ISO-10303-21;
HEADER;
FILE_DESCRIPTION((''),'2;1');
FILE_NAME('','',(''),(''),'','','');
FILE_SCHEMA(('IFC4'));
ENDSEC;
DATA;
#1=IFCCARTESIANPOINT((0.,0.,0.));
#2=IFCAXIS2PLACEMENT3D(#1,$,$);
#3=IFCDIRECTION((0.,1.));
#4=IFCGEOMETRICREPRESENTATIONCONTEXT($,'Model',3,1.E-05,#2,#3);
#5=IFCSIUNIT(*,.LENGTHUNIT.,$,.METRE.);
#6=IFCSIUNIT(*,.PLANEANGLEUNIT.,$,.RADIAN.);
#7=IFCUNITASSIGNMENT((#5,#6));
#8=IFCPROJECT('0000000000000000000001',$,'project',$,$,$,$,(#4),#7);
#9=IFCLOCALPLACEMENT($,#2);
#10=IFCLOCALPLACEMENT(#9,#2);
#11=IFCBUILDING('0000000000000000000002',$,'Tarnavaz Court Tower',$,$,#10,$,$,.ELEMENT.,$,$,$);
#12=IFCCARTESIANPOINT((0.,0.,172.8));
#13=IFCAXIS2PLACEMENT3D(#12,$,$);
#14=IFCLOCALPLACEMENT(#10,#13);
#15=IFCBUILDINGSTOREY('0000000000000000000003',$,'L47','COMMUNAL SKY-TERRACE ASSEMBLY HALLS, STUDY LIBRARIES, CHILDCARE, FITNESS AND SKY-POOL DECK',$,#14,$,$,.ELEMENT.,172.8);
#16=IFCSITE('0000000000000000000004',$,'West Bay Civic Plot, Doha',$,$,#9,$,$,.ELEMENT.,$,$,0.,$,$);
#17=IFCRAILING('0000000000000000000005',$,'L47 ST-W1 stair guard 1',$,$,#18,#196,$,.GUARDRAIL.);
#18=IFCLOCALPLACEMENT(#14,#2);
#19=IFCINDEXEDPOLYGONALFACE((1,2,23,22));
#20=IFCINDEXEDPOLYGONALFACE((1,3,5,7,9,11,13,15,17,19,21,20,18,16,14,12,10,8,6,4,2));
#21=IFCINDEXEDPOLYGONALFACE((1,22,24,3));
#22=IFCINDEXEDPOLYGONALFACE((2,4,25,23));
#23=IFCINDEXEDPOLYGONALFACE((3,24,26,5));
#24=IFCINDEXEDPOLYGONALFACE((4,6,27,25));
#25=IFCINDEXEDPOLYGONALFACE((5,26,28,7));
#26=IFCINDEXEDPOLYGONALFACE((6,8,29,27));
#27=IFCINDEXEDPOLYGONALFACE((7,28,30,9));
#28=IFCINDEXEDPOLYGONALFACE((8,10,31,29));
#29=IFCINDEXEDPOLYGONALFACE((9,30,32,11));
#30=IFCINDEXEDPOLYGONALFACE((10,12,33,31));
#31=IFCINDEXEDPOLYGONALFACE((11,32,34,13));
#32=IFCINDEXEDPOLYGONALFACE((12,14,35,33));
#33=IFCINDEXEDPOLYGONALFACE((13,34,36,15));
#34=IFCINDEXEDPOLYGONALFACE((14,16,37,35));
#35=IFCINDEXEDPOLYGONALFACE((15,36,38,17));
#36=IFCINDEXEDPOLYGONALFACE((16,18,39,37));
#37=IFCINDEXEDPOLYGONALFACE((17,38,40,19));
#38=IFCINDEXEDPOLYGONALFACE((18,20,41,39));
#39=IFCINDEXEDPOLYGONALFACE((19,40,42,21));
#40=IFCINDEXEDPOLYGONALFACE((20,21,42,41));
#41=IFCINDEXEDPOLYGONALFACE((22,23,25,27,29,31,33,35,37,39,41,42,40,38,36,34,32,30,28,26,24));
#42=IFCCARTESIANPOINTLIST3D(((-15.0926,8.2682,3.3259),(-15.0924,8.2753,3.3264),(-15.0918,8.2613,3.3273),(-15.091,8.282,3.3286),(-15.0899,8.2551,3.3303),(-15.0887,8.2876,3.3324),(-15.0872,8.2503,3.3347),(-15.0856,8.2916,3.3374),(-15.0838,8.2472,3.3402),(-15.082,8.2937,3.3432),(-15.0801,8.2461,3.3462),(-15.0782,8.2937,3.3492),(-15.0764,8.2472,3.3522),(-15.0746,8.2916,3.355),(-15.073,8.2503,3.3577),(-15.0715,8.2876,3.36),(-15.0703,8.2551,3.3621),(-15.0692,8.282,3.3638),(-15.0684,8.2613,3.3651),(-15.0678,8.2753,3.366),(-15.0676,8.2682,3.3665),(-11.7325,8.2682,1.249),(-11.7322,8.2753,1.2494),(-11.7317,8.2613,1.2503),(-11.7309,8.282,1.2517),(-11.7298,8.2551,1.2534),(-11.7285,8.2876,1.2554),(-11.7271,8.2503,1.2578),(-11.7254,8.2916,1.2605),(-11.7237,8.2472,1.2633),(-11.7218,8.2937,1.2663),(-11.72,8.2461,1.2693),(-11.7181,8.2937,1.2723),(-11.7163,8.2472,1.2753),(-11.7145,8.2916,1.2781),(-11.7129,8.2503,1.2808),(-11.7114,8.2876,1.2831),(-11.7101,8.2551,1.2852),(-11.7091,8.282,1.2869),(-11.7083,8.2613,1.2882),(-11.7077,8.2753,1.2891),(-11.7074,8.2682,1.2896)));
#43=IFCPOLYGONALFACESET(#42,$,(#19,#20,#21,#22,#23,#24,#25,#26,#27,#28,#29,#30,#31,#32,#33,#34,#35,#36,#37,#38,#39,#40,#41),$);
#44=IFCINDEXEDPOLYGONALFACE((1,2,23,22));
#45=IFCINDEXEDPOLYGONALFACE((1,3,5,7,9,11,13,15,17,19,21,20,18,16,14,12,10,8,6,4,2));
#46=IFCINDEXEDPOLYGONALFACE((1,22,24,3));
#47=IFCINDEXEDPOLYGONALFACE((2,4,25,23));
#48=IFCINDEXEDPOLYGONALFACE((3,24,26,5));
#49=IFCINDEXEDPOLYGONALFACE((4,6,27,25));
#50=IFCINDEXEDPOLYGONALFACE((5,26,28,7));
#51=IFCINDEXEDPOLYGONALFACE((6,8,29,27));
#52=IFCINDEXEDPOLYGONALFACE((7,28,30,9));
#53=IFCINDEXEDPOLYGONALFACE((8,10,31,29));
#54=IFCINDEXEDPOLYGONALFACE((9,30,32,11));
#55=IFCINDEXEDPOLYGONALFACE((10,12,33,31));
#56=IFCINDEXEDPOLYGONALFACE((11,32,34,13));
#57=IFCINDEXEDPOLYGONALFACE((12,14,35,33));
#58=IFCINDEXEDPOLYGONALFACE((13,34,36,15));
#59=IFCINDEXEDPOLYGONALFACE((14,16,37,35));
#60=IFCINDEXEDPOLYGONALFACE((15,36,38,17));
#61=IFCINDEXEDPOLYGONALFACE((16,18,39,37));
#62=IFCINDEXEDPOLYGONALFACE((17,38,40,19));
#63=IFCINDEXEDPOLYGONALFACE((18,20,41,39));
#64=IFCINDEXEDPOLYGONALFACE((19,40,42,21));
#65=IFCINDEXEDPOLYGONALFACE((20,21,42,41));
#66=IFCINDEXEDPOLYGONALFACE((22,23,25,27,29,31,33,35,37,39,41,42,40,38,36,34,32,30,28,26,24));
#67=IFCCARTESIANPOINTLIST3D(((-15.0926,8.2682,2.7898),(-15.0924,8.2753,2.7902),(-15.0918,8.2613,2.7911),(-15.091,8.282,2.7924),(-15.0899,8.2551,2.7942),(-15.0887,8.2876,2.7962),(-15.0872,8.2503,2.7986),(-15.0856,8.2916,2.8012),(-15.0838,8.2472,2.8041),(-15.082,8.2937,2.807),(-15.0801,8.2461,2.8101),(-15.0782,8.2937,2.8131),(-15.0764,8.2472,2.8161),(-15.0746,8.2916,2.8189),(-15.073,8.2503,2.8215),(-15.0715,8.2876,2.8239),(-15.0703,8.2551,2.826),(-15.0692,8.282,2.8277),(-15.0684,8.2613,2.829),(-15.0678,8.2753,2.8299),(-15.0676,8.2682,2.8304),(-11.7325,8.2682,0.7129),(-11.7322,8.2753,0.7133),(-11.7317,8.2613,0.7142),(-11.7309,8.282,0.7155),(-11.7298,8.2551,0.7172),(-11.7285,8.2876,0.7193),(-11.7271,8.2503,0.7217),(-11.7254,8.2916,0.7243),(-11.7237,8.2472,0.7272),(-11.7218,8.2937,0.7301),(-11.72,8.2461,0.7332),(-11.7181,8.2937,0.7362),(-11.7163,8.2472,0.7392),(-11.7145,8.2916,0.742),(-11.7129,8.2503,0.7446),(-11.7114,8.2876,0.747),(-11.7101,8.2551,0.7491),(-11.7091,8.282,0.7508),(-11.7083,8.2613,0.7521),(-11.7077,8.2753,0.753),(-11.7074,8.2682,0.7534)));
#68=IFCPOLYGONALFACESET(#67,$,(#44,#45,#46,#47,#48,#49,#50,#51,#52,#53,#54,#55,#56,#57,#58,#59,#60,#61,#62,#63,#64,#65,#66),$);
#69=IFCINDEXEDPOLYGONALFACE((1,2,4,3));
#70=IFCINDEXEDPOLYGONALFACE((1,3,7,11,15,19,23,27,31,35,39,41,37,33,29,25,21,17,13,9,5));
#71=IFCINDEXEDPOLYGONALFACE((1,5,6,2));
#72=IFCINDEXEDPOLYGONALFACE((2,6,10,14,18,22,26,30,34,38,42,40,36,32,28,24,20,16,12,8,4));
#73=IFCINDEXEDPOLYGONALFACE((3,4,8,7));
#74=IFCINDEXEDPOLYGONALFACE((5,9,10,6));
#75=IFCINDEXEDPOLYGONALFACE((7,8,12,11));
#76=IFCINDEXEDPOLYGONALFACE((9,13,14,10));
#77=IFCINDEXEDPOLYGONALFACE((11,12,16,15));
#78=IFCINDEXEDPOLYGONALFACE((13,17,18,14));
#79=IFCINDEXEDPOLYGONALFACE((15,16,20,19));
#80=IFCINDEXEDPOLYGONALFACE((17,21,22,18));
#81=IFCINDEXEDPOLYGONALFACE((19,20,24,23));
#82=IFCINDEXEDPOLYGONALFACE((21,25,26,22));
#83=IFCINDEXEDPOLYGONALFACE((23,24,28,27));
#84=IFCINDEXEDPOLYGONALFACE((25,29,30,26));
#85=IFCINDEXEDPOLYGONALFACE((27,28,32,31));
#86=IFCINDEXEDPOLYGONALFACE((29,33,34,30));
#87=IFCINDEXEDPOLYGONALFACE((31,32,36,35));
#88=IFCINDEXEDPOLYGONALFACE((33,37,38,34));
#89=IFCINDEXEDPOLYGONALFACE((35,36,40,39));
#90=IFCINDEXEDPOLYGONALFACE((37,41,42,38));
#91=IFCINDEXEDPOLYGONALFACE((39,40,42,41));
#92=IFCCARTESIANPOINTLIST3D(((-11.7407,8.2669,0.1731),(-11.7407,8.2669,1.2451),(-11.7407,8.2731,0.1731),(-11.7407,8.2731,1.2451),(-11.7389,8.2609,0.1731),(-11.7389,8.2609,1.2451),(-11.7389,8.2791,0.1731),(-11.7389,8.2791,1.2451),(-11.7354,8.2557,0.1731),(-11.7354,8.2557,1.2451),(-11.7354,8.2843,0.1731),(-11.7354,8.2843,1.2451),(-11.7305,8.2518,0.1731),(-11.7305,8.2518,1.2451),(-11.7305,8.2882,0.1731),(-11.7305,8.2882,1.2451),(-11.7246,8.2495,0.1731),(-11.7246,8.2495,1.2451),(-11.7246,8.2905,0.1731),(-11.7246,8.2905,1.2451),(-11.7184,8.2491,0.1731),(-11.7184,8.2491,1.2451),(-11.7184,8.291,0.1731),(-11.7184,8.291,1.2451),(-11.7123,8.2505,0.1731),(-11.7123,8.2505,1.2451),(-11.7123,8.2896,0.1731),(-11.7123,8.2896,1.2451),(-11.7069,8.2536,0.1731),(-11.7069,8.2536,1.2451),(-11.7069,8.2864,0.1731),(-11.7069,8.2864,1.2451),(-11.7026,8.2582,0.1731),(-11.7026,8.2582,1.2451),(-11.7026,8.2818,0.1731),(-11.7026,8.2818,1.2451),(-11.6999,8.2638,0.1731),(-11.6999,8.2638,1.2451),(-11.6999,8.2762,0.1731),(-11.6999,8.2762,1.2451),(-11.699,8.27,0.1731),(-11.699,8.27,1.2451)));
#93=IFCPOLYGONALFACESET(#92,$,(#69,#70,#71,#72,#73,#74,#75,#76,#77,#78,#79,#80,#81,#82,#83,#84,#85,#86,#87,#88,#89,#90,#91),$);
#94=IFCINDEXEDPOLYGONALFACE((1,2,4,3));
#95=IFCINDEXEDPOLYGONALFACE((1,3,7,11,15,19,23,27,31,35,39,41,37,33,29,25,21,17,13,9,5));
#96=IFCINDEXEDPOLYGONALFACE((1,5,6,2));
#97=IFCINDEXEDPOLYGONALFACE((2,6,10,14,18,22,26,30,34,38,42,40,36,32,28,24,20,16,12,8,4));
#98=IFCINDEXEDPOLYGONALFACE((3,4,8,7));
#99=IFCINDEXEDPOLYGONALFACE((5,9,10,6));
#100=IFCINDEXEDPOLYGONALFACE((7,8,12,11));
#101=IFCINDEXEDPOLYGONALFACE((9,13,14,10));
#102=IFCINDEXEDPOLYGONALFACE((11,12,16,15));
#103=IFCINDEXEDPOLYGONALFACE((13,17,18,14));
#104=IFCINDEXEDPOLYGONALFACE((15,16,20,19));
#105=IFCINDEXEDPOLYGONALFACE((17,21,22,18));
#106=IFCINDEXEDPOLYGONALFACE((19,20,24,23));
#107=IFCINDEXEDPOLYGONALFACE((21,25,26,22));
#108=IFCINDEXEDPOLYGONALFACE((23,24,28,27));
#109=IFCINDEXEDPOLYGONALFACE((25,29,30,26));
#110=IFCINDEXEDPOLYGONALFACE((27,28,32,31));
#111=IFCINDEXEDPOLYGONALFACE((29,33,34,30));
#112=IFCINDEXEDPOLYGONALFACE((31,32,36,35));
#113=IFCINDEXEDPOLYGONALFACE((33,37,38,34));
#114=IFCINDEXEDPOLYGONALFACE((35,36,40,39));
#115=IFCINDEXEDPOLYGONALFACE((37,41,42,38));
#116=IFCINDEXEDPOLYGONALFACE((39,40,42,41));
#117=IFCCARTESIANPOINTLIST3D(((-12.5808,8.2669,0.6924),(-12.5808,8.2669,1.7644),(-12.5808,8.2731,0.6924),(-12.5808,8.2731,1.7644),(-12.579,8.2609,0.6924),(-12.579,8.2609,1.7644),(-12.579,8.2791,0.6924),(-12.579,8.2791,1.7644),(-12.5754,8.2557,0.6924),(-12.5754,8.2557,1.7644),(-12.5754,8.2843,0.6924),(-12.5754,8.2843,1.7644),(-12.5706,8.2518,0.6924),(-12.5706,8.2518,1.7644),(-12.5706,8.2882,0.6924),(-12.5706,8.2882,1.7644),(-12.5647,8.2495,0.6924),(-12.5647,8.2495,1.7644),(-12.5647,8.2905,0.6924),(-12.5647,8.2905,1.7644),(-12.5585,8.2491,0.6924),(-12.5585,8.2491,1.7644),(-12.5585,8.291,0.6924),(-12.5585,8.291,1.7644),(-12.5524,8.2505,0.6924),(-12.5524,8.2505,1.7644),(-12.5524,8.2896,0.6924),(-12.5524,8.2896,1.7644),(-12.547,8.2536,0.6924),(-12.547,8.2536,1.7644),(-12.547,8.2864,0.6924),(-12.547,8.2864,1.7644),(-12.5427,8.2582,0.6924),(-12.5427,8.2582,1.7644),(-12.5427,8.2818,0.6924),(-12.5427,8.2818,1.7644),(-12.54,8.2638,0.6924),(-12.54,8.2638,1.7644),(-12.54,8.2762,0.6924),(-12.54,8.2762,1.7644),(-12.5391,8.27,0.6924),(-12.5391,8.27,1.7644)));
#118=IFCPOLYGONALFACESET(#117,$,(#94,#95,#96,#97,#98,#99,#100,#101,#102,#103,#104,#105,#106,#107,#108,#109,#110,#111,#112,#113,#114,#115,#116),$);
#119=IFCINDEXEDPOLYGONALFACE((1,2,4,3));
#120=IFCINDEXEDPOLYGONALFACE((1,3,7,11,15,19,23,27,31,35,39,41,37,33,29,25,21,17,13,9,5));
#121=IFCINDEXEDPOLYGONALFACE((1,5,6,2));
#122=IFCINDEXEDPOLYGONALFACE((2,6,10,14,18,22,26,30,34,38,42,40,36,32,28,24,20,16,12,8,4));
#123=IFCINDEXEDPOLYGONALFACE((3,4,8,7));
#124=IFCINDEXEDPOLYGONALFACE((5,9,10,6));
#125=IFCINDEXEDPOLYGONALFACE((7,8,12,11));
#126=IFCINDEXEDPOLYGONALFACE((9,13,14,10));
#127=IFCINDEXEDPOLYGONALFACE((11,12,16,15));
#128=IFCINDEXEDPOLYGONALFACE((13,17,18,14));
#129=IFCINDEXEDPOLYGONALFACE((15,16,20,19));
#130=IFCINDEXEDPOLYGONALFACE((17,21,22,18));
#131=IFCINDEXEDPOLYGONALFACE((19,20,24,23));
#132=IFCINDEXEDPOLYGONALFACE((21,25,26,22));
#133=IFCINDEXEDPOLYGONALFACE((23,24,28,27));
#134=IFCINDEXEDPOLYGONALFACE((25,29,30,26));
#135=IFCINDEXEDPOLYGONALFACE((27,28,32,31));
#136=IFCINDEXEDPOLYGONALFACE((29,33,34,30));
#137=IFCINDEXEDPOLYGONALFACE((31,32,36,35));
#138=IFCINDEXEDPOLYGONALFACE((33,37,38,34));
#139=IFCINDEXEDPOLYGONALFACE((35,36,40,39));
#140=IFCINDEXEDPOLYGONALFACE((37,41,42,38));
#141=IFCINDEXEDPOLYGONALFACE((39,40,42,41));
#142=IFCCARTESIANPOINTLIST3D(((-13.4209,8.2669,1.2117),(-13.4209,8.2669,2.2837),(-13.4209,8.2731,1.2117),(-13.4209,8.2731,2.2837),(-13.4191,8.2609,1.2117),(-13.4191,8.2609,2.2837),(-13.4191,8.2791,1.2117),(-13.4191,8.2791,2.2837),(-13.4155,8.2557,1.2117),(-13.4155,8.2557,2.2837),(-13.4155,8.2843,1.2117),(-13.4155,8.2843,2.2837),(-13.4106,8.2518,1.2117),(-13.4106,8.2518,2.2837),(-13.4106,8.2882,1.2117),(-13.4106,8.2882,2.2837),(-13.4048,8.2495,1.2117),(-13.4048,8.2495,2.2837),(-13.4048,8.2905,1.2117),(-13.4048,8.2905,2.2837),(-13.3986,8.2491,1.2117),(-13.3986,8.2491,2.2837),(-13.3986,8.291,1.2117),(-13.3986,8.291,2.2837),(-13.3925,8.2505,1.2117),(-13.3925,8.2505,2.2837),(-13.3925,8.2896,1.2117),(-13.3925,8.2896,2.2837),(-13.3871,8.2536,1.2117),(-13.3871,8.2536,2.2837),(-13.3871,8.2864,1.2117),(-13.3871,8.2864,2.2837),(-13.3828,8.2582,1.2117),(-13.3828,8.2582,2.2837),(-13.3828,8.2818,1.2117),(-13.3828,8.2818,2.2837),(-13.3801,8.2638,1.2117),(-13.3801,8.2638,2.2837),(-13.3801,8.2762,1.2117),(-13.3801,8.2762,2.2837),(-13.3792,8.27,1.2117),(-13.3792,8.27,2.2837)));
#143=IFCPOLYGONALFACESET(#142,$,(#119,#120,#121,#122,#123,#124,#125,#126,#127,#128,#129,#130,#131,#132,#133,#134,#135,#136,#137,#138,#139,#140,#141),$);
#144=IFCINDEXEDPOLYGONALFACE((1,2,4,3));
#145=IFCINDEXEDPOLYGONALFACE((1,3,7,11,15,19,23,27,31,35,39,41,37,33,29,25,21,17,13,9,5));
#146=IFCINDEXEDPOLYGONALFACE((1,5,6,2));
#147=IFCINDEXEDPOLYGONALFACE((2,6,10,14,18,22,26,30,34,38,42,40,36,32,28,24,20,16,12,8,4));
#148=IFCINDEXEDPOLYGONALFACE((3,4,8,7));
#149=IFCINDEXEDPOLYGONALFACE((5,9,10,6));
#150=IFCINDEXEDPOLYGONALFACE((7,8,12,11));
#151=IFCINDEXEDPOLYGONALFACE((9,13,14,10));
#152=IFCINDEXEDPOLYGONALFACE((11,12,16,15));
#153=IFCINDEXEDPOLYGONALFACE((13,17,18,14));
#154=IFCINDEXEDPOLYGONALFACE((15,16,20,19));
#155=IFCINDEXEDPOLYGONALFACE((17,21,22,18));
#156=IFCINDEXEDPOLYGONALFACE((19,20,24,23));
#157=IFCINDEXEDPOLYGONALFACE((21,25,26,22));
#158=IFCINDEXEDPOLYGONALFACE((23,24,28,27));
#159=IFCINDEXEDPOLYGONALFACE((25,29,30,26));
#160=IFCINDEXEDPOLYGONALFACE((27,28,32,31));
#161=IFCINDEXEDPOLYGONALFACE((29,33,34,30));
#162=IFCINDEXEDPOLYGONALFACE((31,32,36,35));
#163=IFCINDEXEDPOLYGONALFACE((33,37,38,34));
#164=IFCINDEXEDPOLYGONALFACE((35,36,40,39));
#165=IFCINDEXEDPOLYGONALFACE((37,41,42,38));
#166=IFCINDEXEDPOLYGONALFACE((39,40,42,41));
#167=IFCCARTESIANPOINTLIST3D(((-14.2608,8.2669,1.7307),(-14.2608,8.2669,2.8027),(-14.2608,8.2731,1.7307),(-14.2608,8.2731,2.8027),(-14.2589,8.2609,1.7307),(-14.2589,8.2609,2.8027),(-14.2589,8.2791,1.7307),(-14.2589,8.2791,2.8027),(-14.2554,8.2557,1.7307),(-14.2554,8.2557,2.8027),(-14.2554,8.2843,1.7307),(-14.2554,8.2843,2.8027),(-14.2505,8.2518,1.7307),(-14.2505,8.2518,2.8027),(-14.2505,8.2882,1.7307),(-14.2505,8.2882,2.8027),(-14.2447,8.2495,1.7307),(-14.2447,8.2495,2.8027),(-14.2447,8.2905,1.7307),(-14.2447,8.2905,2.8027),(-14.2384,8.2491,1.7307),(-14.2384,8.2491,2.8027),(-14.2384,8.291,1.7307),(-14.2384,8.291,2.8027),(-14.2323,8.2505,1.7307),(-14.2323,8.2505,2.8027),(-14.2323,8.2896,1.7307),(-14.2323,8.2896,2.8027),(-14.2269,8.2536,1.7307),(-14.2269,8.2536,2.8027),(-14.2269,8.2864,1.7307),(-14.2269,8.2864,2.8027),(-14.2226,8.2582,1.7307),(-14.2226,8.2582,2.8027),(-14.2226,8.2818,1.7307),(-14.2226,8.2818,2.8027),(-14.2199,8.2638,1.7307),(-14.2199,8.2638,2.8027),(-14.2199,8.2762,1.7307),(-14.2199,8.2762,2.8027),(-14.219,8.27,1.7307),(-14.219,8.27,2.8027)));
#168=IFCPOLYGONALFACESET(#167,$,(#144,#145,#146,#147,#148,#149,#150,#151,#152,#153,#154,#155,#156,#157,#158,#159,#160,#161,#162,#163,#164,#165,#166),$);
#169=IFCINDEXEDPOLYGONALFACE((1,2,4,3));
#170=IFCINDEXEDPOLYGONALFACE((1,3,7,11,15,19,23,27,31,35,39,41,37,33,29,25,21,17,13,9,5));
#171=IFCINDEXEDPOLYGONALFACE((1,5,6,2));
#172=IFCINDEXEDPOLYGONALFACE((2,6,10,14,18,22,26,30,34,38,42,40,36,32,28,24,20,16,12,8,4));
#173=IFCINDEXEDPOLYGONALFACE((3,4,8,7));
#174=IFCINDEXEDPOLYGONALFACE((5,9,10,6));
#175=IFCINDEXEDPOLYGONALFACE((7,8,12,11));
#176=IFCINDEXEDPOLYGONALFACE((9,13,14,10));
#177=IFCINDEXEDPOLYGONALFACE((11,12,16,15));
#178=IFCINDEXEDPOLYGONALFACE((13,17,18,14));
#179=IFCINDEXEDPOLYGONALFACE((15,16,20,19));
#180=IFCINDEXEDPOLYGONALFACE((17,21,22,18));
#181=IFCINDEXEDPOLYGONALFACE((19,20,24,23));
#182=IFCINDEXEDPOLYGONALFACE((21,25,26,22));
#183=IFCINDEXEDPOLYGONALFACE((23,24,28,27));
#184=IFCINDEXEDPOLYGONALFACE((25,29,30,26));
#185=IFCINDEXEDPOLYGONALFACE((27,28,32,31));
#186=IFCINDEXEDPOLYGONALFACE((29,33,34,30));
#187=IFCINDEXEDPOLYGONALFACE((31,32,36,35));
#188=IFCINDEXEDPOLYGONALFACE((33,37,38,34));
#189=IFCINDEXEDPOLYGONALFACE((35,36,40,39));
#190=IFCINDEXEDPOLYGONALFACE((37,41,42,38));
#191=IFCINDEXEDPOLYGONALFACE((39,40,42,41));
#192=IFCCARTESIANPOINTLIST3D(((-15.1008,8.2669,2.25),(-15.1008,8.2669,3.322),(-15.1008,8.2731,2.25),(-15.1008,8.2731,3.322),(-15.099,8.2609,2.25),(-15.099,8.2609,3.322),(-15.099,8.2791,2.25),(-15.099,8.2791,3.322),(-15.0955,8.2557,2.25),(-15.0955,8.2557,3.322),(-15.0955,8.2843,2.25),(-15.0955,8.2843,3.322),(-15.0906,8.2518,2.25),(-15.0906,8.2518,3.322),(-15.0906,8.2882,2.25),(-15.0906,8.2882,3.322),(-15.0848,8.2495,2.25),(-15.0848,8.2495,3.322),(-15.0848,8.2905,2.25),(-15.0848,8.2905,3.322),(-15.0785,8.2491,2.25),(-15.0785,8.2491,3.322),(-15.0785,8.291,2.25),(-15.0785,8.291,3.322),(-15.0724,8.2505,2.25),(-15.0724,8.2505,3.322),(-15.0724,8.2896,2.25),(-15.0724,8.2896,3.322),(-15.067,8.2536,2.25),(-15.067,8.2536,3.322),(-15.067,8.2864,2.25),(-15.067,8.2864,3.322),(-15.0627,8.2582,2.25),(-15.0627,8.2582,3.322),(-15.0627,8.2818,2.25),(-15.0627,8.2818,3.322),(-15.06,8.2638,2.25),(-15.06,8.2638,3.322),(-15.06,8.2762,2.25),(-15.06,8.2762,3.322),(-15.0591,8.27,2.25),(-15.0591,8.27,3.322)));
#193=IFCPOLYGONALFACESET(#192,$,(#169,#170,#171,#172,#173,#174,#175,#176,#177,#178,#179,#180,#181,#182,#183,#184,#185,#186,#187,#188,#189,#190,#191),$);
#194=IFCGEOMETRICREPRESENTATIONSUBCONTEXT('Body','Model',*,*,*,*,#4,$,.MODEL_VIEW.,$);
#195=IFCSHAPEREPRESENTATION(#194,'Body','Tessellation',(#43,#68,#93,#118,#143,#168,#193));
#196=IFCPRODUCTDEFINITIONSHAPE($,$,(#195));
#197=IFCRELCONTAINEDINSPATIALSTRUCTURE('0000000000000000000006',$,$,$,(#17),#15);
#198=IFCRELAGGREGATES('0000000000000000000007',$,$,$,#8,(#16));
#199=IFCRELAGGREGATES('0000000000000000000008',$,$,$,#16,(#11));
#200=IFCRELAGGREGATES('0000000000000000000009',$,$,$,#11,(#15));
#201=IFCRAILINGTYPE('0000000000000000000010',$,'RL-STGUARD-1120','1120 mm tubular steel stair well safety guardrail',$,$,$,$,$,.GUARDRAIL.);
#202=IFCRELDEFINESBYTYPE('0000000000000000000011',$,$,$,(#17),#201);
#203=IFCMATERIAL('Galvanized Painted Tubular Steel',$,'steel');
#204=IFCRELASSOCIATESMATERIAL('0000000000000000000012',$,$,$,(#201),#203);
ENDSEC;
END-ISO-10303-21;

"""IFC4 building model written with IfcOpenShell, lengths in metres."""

from ifc_helpers import new_model, si_unit, direction, frame, origin, origin_2d, place, context, subcontext, project, spatial, circle, extrude, material, type_object, element, save


model = new_model("IFC4")

# Units and contexts
model_context = context("Model", 3, precision=1e-05, world=origin(), true_north=direction((0.0, 1.0)))
body_context = subcontext(model_context, "Body", "Model", "MODEL_VIEW")
ifc_project = project(units=[si_unit("LENGTHUNIT", "METRE"), si_unit("PLANEANGLEUNIT", "RADIAN")], contexts=[model_context])

# Site, building, storey
site_placement = place(None, origin())
site = spatial("IfcSite", under=ifc_project, at=site_placement, Name="West Bay Civic Plot, Doha", CompositionType="ELEMENT", RefElevation=0.0)
building_placement = place(site_placement, origin())
building = spatial("IfcBuilding", under=site, at=building_placement, Name="Tarnavaz Court Tower", CompositionType="ELEMENT")
storey_placement = place(building_placement, frame((0.0, 0.0, 172.8)))
storey = spatial("IfcBuildingStorey", under=building, at=storey_placement, Name="L47", Description="COMMUNAL SKY-TERRACE ASSEMBLY HALLS, STUDY LIBRARIES, CHILDCARE, FITNESS AND SKY-POOL DECK", CompositionType="ELEMENT", Elevation=172.8)

# Railing
ifc_material_1 = material(Name="Galvanized Painted Tubular Steel", Category="steel")
railing_type_1 = type_object("IfcRailingType", Name="RL-STGUARD-1120", Description="1120 mm tubular steel stair well safety guardrail", PredefinedType="GUARDRAIL", material=ifc_material_1)
railing_1_placement = place(storey_placement, frame((-11.72, 8.27, 0.1731)))
element("IfcRailing", 1, at=railing_1_placement, inside=storey, type_object=railing_type_1, Name="L47 ST-W1 stair guard 1", PredefinedType="GUARDRAIL", context=body_context, shape_type="SweptSolid", body=[
    extrude(circle(Radius=0.0239, at=origin_2d()), frame((0.0, 0.0, 1.0962), z_axis=(-0.850623, 0.0, 0.525776), x_axis=(0.0, -1.0, 0.0)), (0.0, 0.0, 1.0), 3.9502),
    extrude(circle(Radius=0.0239, at=origin_2d()), frame((0.0, 0.0, 0.5601), z_axis=(-0.850623, 0.0, 0.525776), x_axis=(0.0, -1.0, 0.0)), (0.0, 0.0, 1.0), 3.9502),
    extrude(circle(Radius=0.021, at=origin_2d()), origin(), (0.0, 0.0, 1.0), 1.072),
    extrude(circle(Radius=0.021, at=origin_2d()), frame((-0.8401, 0.0, 0.5193)), (0.0, 0.0, 1.0), 1.072),
    extrude(circle(Radius=0.021, at=origin_2d()), frame((-1.6802, 0.0, 1.0386)), (0.0, 0.0, 1.0), 1.072),
    extrude(circle(Radius=0.021, at=origin_2d()), frame((-2.52, 0.0, 1.5576)), (0.0, 0.0, 1.0), 1.072),
    extrude(circle(Radius=0.021, at=origin_2d()), frame((-3.3601, 0.0, 2.0769)), (0.0, 0.0, 1.0), 1.072),
])

save(model, "model.ifc")
